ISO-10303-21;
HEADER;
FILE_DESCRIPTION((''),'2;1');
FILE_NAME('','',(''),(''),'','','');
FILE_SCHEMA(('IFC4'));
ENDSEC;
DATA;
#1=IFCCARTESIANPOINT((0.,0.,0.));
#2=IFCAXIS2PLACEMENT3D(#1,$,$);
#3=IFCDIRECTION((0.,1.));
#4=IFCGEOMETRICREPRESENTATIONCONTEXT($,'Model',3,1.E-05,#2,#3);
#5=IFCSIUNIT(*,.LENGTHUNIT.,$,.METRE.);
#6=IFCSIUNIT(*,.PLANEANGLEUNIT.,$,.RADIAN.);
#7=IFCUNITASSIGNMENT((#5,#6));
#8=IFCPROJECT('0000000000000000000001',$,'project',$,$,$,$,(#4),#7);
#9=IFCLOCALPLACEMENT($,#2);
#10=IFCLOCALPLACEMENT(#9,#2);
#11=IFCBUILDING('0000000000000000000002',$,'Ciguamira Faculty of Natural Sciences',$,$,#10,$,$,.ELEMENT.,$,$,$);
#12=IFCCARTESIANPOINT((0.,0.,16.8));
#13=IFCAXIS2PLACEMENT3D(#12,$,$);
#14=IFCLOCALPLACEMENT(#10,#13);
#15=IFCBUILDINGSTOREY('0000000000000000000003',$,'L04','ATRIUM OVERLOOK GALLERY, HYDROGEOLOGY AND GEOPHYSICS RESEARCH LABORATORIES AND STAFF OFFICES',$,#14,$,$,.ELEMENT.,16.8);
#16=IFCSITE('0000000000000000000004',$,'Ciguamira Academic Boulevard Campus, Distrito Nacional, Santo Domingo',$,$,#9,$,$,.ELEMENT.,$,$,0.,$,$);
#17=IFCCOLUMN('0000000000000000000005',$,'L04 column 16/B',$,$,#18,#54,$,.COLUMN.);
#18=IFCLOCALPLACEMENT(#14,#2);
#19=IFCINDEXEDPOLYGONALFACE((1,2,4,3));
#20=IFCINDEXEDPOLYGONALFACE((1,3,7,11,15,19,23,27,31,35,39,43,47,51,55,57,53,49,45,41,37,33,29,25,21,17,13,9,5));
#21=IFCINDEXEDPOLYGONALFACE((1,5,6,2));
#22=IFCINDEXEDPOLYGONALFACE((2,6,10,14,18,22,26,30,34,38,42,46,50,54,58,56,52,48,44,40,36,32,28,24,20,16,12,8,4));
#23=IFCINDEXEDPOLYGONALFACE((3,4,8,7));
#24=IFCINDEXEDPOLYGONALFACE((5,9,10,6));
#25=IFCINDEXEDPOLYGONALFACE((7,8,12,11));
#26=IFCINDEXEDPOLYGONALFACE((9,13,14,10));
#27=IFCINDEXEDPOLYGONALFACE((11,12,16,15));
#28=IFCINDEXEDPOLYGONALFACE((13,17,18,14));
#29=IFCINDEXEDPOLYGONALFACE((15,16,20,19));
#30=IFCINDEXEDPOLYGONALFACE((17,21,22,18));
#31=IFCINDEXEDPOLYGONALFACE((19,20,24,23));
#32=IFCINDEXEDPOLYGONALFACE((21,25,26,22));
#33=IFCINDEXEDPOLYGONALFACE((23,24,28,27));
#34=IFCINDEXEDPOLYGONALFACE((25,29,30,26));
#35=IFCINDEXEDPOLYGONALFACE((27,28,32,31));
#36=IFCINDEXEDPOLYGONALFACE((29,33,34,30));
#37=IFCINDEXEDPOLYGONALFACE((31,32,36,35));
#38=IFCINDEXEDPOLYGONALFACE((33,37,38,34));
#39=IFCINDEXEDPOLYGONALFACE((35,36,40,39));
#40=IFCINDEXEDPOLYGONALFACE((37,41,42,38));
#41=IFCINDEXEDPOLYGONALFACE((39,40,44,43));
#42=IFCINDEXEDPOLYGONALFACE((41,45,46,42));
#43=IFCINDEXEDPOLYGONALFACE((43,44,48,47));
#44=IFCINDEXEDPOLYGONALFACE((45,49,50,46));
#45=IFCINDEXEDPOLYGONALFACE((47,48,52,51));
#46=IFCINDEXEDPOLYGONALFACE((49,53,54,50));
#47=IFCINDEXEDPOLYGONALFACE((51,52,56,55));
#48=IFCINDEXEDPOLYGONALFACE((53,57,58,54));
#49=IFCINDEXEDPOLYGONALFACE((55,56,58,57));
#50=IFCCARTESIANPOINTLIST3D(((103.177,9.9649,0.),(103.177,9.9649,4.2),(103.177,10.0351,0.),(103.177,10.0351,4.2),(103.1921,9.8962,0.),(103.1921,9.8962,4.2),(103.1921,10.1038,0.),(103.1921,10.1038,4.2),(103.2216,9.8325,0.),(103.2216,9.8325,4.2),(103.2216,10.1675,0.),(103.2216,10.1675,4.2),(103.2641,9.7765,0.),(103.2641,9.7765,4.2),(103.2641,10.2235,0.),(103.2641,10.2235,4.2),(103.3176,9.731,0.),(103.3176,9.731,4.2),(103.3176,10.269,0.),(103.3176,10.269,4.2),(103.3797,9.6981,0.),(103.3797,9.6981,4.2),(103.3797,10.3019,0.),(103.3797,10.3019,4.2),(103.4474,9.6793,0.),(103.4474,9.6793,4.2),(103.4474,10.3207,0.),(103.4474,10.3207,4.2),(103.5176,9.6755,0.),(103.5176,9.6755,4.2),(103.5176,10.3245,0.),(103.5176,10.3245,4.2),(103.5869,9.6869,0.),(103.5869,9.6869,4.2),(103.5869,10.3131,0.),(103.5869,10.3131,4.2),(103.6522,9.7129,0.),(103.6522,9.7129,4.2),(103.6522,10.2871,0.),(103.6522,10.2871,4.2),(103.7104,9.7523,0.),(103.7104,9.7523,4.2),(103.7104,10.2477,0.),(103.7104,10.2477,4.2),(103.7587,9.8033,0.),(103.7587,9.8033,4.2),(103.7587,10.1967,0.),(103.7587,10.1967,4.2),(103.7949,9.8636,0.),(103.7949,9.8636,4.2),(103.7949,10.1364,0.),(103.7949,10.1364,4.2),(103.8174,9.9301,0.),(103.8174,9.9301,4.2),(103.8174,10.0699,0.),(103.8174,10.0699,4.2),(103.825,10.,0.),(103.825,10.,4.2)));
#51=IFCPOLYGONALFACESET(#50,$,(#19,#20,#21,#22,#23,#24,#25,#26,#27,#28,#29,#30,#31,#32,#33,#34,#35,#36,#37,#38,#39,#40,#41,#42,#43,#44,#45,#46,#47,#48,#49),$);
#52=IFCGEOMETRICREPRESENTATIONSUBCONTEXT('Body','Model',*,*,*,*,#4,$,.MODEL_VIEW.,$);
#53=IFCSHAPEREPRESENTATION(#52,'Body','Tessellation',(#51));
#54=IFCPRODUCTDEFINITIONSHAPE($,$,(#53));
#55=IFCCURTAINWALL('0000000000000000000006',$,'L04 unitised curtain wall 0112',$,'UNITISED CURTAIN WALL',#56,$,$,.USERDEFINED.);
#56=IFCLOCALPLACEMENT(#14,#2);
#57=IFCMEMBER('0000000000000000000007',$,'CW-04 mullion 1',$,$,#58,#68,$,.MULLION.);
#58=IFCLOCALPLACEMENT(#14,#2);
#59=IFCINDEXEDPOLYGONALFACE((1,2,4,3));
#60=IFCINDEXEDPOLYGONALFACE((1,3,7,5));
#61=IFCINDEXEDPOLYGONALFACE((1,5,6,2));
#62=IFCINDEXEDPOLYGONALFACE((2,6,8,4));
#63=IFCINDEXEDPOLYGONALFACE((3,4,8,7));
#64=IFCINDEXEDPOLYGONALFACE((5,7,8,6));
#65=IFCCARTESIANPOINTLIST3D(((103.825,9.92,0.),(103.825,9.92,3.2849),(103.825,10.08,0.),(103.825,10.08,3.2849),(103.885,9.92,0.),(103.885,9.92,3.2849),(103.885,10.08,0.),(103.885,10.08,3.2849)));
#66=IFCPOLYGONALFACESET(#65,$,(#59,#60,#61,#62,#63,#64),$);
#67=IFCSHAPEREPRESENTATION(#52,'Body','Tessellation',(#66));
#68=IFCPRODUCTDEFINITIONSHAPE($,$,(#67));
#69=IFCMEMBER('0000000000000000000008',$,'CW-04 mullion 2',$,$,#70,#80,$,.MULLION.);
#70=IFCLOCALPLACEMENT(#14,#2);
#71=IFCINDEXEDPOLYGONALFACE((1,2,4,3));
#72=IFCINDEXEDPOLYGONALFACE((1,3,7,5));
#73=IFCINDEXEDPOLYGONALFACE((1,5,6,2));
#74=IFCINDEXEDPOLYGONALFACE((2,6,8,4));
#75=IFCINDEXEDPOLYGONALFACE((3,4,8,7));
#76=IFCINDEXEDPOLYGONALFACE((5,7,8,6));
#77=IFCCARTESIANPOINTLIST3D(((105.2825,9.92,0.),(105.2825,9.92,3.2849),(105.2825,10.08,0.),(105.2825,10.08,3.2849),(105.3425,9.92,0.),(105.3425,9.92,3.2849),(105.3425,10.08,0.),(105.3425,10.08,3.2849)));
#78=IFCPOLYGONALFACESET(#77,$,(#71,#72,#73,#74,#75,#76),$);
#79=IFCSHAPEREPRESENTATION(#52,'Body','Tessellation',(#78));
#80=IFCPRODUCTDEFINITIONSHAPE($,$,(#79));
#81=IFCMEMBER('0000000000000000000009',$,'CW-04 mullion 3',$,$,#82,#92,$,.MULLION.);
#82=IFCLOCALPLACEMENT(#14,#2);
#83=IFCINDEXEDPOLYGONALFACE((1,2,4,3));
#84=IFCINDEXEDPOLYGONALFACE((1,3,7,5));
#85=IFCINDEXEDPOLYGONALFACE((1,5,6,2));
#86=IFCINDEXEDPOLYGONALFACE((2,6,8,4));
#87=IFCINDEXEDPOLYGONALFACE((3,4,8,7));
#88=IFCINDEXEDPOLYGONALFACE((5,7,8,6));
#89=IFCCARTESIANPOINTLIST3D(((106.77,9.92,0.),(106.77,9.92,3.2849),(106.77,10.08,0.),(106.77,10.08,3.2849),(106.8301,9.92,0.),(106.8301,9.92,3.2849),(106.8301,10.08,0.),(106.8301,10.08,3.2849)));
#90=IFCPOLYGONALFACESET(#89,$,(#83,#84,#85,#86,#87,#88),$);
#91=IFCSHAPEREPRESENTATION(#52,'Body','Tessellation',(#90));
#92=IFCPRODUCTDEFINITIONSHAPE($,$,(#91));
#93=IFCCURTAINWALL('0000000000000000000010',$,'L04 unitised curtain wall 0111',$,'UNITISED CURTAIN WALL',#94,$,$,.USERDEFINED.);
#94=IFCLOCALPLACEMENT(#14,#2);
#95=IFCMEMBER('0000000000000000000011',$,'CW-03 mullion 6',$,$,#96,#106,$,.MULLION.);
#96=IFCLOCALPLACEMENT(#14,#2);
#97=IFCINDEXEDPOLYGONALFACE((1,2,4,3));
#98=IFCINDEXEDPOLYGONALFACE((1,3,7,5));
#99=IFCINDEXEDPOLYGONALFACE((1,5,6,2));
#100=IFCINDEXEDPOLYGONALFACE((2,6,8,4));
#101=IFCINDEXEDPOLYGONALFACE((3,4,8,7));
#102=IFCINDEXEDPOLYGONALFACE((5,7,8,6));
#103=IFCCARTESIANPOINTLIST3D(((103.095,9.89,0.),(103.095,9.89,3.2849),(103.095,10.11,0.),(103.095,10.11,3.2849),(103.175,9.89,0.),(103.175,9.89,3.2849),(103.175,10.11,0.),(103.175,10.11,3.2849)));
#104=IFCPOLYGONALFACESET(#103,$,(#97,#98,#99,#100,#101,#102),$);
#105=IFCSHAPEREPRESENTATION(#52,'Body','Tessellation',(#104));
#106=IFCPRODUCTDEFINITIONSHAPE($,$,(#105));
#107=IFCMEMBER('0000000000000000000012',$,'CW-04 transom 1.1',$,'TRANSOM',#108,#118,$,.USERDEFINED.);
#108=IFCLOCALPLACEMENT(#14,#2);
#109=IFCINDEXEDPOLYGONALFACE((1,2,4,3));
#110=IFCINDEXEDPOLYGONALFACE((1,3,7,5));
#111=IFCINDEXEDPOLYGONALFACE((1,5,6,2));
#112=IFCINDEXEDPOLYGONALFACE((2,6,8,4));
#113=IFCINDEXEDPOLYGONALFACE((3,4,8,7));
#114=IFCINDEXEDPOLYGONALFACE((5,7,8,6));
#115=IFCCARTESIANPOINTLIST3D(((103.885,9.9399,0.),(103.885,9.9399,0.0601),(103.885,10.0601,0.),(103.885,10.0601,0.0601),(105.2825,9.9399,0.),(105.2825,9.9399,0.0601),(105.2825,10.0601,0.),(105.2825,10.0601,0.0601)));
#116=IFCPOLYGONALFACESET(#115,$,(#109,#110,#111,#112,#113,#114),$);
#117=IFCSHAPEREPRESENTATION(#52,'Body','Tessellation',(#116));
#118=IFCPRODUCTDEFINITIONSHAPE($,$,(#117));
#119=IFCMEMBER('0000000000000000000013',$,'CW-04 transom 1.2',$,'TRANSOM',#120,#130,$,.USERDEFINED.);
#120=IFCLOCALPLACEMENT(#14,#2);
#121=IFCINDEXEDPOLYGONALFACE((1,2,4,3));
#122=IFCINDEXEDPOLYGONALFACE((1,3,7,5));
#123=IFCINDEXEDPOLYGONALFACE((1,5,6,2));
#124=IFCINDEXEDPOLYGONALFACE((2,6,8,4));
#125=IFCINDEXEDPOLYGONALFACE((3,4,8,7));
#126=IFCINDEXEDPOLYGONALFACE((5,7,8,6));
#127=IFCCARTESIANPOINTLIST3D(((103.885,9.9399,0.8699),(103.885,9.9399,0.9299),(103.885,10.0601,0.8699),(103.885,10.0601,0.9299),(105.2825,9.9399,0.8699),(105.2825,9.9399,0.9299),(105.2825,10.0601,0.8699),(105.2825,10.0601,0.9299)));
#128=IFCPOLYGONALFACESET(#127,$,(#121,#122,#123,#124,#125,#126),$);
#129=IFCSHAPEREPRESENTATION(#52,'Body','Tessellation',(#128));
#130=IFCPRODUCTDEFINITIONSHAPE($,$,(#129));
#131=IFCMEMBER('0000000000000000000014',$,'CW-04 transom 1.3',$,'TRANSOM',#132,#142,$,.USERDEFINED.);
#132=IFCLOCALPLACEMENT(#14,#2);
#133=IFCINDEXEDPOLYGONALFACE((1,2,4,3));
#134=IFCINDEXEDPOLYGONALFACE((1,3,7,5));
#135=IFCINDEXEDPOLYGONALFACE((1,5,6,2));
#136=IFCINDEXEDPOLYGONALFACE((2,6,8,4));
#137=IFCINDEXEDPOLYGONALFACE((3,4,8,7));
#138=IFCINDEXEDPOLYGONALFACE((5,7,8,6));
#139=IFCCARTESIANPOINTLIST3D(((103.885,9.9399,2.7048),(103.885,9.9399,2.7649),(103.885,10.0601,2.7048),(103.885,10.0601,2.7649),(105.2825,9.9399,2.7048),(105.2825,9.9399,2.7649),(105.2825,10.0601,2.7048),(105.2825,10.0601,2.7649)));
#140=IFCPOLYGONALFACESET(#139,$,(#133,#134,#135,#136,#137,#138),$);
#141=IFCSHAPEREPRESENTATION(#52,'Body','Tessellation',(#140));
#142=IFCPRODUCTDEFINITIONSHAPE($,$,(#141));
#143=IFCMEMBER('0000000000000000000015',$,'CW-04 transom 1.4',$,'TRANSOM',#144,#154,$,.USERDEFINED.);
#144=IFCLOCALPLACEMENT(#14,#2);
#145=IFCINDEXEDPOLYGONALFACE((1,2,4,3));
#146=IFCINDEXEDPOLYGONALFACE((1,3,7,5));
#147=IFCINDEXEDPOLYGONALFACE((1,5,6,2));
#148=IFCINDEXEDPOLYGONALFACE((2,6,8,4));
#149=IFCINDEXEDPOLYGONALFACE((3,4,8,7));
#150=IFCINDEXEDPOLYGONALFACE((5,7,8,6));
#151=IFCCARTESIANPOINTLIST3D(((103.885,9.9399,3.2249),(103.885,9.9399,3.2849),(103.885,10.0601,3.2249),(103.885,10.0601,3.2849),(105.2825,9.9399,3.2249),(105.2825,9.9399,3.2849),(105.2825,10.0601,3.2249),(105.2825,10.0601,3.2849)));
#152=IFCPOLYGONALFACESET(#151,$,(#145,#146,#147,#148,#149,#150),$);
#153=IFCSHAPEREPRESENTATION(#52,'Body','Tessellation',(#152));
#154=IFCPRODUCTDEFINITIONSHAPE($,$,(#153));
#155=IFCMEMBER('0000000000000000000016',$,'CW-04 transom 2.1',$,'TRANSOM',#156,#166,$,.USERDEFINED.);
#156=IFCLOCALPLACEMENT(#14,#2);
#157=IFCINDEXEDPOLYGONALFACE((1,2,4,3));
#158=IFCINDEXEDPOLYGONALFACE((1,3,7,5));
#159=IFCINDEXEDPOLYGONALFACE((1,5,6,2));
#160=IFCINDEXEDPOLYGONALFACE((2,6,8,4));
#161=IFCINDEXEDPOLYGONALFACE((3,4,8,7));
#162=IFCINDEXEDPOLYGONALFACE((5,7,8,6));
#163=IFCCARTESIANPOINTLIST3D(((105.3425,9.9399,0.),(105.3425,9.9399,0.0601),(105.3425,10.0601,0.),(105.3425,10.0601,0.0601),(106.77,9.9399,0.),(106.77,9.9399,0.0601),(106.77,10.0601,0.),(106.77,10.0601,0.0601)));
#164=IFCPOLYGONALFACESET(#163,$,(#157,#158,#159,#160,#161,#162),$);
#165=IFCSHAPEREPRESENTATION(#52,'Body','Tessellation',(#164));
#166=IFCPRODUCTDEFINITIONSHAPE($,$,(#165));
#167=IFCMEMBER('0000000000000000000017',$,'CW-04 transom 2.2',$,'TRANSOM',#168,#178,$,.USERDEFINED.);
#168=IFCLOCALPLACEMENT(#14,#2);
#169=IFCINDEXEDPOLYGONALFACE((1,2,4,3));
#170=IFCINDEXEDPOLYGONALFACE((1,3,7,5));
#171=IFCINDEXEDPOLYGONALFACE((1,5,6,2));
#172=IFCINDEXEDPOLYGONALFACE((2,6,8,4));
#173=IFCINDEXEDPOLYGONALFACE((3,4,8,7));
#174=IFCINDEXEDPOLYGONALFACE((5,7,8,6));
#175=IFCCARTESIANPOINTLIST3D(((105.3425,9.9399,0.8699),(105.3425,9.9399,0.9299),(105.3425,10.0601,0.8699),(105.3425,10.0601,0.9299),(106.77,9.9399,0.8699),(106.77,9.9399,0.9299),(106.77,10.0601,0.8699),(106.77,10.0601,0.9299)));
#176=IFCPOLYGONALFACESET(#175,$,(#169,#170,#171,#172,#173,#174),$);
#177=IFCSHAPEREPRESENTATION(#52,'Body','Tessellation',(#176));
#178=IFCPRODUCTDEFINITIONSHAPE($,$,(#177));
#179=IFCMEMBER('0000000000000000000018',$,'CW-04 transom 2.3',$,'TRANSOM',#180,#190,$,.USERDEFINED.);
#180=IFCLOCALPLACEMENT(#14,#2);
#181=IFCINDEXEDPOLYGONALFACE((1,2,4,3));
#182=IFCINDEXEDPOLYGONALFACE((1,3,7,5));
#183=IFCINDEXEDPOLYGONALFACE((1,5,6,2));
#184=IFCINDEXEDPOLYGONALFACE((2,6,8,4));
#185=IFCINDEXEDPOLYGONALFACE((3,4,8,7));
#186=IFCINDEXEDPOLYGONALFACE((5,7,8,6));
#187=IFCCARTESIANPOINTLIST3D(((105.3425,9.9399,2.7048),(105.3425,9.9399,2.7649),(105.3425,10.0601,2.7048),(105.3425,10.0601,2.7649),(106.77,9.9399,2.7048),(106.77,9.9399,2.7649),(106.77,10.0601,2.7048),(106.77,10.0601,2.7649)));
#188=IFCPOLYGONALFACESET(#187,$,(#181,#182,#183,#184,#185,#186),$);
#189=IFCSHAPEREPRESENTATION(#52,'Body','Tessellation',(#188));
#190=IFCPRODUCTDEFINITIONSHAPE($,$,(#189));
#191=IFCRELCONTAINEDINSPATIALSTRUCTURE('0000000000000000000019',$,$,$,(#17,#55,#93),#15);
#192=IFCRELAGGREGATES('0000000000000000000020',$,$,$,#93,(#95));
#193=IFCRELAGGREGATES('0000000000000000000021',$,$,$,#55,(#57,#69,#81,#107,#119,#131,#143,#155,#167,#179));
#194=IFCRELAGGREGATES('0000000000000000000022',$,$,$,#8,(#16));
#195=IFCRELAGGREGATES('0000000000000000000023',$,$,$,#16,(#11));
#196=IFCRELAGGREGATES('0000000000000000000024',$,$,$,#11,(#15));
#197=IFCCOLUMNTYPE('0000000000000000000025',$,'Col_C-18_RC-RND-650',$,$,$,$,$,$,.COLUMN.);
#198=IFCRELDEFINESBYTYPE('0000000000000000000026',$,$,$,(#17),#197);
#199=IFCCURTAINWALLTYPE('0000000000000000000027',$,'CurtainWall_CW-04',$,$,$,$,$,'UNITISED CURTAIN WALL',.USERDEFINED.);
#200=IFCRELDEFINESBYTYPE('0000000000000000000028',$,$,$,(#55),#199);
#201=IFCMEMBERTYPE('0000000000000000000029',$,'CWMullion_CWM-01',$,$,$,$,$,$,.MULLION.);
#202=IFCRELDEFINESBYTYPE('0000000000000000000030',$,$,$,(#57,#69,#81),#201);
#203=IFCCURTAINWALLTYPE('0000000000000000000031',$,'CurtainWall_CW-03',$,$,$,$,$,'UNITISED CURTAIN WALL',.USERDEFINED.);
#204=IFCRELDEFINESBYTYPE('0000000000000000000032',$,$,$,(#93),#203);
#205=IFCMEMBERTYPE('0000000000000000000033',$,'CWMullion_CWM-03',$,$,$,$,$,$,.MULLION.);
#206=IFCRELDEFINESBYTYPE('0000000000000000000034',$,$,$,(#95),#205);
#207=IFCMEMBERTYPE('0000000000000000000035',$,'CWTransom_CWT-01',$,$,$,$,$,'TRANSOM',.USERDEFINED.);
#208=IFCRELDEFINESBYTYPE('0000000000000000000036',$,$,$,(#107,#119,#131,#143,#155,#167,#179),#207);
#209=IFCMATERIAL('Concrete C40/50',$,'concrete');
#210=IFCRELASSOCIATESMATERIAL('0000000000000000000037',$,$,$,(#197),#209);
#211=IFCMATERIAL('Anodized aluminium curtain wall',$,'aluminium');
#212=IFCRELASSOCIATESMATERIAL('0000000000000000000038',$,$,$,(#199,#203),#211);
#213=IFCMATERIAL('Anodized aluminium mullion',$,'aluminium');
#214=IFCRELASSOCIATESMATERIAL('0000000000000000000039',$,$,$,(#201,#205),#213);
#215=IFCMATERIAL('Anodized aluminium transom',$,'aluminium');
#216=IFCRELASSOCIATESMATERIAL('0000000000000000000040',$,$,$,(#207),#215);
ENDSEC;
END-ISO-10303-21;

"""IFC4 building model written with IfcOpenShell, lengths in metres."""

from ifc_helpers import new_model, si_unit, direction, frame, origin, origin_2d, place, context, subcontext, project, spatial, rectangle, circle, extrude, material, material_profile, profile_set, type_object, element, aggregate, save


model = new_model("IFC4")

# Units and contexts
model_context = context("Model", 3, precision=1e-05, world=origin(), true_north=direction((0.0, 1.0)))
body_context = subcontext(model_context, "Body", "Model", "MODEL_VIEW")
ifc_project = project(units=[si_unit("LENGTHUNIT", "METRE"), si_unit("PLANEANGLEUNIT", "RADIAN")], contexts=[model_context])

# Site, building, storey
site_placement = place(None, origin())
site = spatial("IfcSite", under=ifc_project, at=site_placement, Name="Ciguamira Academic Boulevard Campus, Distrito Nacional, Santo Domingo", CompositionType="ELEMENT", RefElevation=0.0)
building_placement = place(site_placement, origin())
building = spatial("IfcBuilding", under=site, at=building_placement, Name="Ciguamira Faculty of Natural Sciences", CompositionType="ELEMENT")
storey_placement = place(building_placement, frame((0.0, 0.0, 16.8)))
storey = spatial("IfcBuildingStorey", under=building, at=storey_placement, Name="L04", Description="ATRIUM OVERLOOK GALLERY, HYDROGEOLOGY AND GEOPHYSICS RESEARCH LABORATORIES AND STAFF OFFICES", CompositionType="ELEMENT", Elevation=16.8)

# Column
ifc_material_1 = material(Name="Concrete C40/50", Category="concrete")
ifc_material_profile_1 = material_profile(ifc_material_1, circle(Radius=0.325, at=origin_2d()), Name="RC-RND-650")
ifc_profile_set_1 = profile_set([ifc_material_profile_1], Name="Concrete C40/50")
column_type = type_object("IfcColumnType", Name="Col_C-18_RC-RND-650", PredefinedType="COLUMN", material=ifc_profile_set_1)
column_placement = place(storey_placement, frame((103.5, 10.0, 0.0), z_axis=(0.0, 0.0, 1.0), x_axis=(1.0, 0.0, 0.0)))
element("IfcColumn", 1, at=column_placement, inside=storey, type_object=column_type, Name="L04 column 16/B", PredefinedType="COLUMN", context=body_context, shape_type="SweptSolid", body=[
    extrude(circle(Radius=0.325, at=origin_2d()), origin(), (0.0, 0.0, 1.0), 4.2),
])

# Curtain wall, members
ifc_material_2 = material(Name="Anodized aluminium curtain wall", Category="aluminium")
curtain_wall_type_1 = type_object("IfcCurtainWallType", Name="CurtainWall_CW-04", ElementType="UNITISED CURTAIN WALL", PredefinedType="USERDEFINED", material=ifc_material_2)
curtain_wall_1_placement = place(storey_placement, origin())
curtain_wall_1 = element("IfcCurtainWall", 2, at=curtain_wall_1_placement, inside=storey, type_object=curtain_wall_type_1, Name="L04 unitised curtain wall 0112", ObjectType="UNITISED CURTAIN WALL", PredefinedType="USERDEFINED")
ifc_material_3 = material(Name="Anodized aluminium mullion", Category="aluminium")
ifc_material_profile_2 = material_profile(ifc_material_3, rectangle(XDim=0.0601, YDim=0.1599, at=origin_2d()), Name="ALU-MUL-60X160")
ifc_profile_set_2 = profile_set([ifc_material_profile_2], Name="Anodized aluminium mullion")
member_type_1 = type_object("IfcMemberType", Name="CWMullion_CWM-01", PredefinedType="MULLION", material=ifc_profile_set_2)
member_1_placement = place(storey_placement, frame((103.855, 10.0, 0.0), z_axis=(0.0, 0.0, 1.0), x_axis=(1.0, 0.0, 0.0)))
member_1 = element("IfcMember", 3, at=member_1_placement, type_object=member_type_1, Name="CW-04 mullion 1", PredefinedType="MULLION", context=body_context, shape_type="SweptSolid", body=[
    extrude(rectangle(XDim=0.0601, YDim=0.1599, at=origin_2d()), origin(), (0.0, 0.0, 1.0), 3.2849),
])
member_2_placement = place(storey_placement, frame((105.3125, 10.0, 0.0), z_axis=(0.0, 0.0, 1.0), x_axis=(1.0, 0.0, 0.0)))
member_2 = element("IfcMember", 4, at=member_2_placement, type_object=member_type_1, Name="CW-04 mullion 2", PredefinedType="MULLION", context=body_context, shape_type="SweptSolid", body=[
    extrude(rectangle(XDim=0.0601, YDim=0.1599, at=origin_2d()), origin(), (0.0, 0.0, 1.0), 3.2849),
])
member_3_placement = place(storey_placement, frame((106.8, 10.0, 0.0), z_axis=(0.0, 0.0, 1.0), x_axis=(1.0, 0.0, 0.0)))
member_3 = element("IfcMember", 5, at=member_3_placement, type_object=member_type_1, Name="CW-04 mullion 3", PredefinedType="MULLION", context=body_context, shape_type="SweptSolid", body=[
    extrude(rectangle(XDim=0.0601, YDim=0.1599, at=origin_2d()), origin(), (0.0, 0.0, 1.0), 3.2849),
])

# Curtain wall, member
curtain_wall_type_2 = type_object("IfcCurtainWallType", Name="CurtainWall_CW-03", ElementType="UNITISED CURTAIN WALL", PredefinedType="USERDEFINED", material=ifc_material_2)
curtain_wall_2_placement = place(storey_placement, origin())
curtain_wall_2 = element("IfcCurtainWall", 6, at=curtain_wall_2_placement, inside=storey, type_object=curtain_wall_type_2, Name="L04 unitised curtain wall 0111", ObjectType="UNITISED CURTAIN WALL", PredefinedType="USERDEFINED")
ifc_material_profile_3 = material_profile(ifc_material_3, rectangle(XDim=0.0801, YDim=0.22, at=origin_2d()), Name="ALU-MUL-80X220")
ifc_profile_set_3 = profile_set([ifc_material_profile_3], Name="Anodized aluminium mullion")
member_type_2 = type_object("IfcMemberType", Name="CWMullion_CWM-03", PredefinedType="MULLION", material=ifc_profile_set_3)
member_4_placement = place(storey_placement, frame((103.135, 10.0, 0.0), z_axis=(0.0, 0.0, 1.0), x_axis=(1.0, 0.0, 0.0)))
member_4 = element("IfcMember", 7, at=member_4_placement, type_object=member_type_2, Name="CW-03 mullion 6", PredefinedType="MULLION", context=body_context, shape_type="SweptSolid", body=[
    extrude(rectangle(XDim=0.0801, YDim=0.22, at=origin_2d()), origin(), (0.0, 0.0, 1.0), 3.2849),
])
aggregate(curtain_wall_2, [member_4])

# Members
ifc_material_4 = material(Name="Anodized aluminium transom", Category="aluminium")
ifc_material_profile_4 = material_profile(ifc_material_4, rectangle(XDim=0.0601, YDim=0.1201, at=origin_2d()), Name="ALU-TRN-60X120")
ifc_profile_set_4 = profile_set([ifc_material_profile_4], Name="Anodized aluminium transom")
member_type_3 = type_object("IfcMemberType", Name="CWTransom_CWT-01", ElementType="TRANSOM", PredefinedType="USERDEFINED", material=ifc_profile_set_4)
member_5_placement = place(storey_placement, frame((103.885, 10.0, 0.03), z_axis=(1.0, 0.0, 0.0), x_axis=(0.0, 0.0, 1.0)))
member_5 = element("IfcMember", 8, at=member_5_placement, type_object=member_type_3, Name="CW-04 transom 1.1", ObjectType="TRANSOM", PredefinedType="USERDEFINED", context=body_context, shape_type="SweptSolid", body=[
    extrude(rectangle(XDim=0.0601, YDim=0.1201, at=origin_2d()), origin(), (0.0, 0.0, 1.0), 1.3975),
])
member_6_placement = place(storey_placement, frame((103.885, 10.0, 0.8999), z_axis=(1.0, 0.0, 0.0), x_axis=(0.0, 0.0, 1.0)))
member_6 = element("IfcMember", 9, at=member_6_placement, type_object=member_type_3, Name="CW-04 transom 1.2", ObjectType="TRANSOM", PredefinedType="USERDEFINED", context=body_context, shape_type="SweptSolid", body=[
    extrude(rectangle(XDim=0.0601, YDim=0.1201, at=origin_2d()), origin(), (0.0, 0.0, 1.0), 1.3975),
])
member_7_placement = place(storey_placement, frame((103.885, 10.0, 2.7349), z_axis=(1.0, 0.0, 0.0), x_axis=(0.0, 0.0, 1.0)))
member_7 = element("IfcMember", 10, at=member_7_placement, type_object=member_type_3, Name="CW-04 transom 1.3", ObjectType="TRANSOM", PredefinedType="USERDEFINED", context=body_context, shape_type="SweptSolid", body=[
    extrude(rectangle(XDim=0.0601, YDim=0.1201, at=origin_2d()), origin(), (0.0, 0.0, 1.0), 1.3975),
])
member_8_placement = place(storey_placement, frame((103.885, 10.0, 3.2549), z_axis=(1.0, 0.0, 0.0), x_axis=(0.0, 0.0, 1.0)))
member_8 = element("IfcMember", 11, at=member_8_placement, type_object=member_type_3, Name="CW-04 transom 1.4", ObjectType="TRANSOM", PredefinedType="USERDEFINED", context=body_context, shape_type="SweptSolid", body=[
    extrude(rectangle(XDim=0.0601, YDim=0.1201, at=origin_2d()), origin(), (0.0, 0.0, 1.0), 1.3975),
])
member_9_placement = place(storey_placement, frame((105.3425, 10.0, 0.03), z_axis=(1.0, 0.0, 0.0), x_axis=(0.0, 0.0, 1.0)))
member_9 = element("IfcMember", 12, at=member_9_placement, type_object=member_type_3, Name="CW-04 transom 2.1", ObjectType="TRANSOM", PredefinedType="USERDEFINED", context=body_context, shape_type="SweptSolid", body=[
    extrude(rectangle(XDim=0.0601, YDim=0.1201, at=origin_2d()), origin(), (0.0, 0.0, 1.0), 1.4275),
])
member_10_placement = place(storey_placement, frame((105.3425, 10.0, 0.8999), z_axis=(1.0, 0.0, 0.0), x_axis=(0.0, 0.0, 1.0)))
member_10 = element("IfcMember", 13, at=member_10_placement, type_object=member_type_3, Name="CW-04 transom 2.2", ObjectType="TRANSOM", PredefinedType="USERDEFINED", context=body_context, shape_type="SweptSolid", body=[
    extrude(rectangle(XDim=0.0601, YDim=0.1201, at=origin_2d()), origin(), (0.0, 0.0, 1.0), 1.4275),
])
member_11_placement = place(storey_placement, frame((105.3425, 10.0, 2.7349), z_axis=(1.0, 0.0, 0.0), x_axis=(0.0, 0.0, 1.0)))
member_11 = element("IfcMember", 14, at=member_11_placement, type_object=member_type_3, Name="CW-04 transom 2.3", ObjectType="TRANSOM", PredefinedType="USERDEFINED", context=body_context, shape_type="SweptSolid", body=[
    extrude(rectangle(XDim=0.0601, YDim=0.1201, at=origin_2d()), origin(), (0.0, 0.0, 1.0), 1.4275),
])

aggregate(curtain_wall_1, [member_1, member_2, member_3, member_5, member_6, member_7, member_8, member_9, member_10, member_11])

save(model, "model.ifc")
